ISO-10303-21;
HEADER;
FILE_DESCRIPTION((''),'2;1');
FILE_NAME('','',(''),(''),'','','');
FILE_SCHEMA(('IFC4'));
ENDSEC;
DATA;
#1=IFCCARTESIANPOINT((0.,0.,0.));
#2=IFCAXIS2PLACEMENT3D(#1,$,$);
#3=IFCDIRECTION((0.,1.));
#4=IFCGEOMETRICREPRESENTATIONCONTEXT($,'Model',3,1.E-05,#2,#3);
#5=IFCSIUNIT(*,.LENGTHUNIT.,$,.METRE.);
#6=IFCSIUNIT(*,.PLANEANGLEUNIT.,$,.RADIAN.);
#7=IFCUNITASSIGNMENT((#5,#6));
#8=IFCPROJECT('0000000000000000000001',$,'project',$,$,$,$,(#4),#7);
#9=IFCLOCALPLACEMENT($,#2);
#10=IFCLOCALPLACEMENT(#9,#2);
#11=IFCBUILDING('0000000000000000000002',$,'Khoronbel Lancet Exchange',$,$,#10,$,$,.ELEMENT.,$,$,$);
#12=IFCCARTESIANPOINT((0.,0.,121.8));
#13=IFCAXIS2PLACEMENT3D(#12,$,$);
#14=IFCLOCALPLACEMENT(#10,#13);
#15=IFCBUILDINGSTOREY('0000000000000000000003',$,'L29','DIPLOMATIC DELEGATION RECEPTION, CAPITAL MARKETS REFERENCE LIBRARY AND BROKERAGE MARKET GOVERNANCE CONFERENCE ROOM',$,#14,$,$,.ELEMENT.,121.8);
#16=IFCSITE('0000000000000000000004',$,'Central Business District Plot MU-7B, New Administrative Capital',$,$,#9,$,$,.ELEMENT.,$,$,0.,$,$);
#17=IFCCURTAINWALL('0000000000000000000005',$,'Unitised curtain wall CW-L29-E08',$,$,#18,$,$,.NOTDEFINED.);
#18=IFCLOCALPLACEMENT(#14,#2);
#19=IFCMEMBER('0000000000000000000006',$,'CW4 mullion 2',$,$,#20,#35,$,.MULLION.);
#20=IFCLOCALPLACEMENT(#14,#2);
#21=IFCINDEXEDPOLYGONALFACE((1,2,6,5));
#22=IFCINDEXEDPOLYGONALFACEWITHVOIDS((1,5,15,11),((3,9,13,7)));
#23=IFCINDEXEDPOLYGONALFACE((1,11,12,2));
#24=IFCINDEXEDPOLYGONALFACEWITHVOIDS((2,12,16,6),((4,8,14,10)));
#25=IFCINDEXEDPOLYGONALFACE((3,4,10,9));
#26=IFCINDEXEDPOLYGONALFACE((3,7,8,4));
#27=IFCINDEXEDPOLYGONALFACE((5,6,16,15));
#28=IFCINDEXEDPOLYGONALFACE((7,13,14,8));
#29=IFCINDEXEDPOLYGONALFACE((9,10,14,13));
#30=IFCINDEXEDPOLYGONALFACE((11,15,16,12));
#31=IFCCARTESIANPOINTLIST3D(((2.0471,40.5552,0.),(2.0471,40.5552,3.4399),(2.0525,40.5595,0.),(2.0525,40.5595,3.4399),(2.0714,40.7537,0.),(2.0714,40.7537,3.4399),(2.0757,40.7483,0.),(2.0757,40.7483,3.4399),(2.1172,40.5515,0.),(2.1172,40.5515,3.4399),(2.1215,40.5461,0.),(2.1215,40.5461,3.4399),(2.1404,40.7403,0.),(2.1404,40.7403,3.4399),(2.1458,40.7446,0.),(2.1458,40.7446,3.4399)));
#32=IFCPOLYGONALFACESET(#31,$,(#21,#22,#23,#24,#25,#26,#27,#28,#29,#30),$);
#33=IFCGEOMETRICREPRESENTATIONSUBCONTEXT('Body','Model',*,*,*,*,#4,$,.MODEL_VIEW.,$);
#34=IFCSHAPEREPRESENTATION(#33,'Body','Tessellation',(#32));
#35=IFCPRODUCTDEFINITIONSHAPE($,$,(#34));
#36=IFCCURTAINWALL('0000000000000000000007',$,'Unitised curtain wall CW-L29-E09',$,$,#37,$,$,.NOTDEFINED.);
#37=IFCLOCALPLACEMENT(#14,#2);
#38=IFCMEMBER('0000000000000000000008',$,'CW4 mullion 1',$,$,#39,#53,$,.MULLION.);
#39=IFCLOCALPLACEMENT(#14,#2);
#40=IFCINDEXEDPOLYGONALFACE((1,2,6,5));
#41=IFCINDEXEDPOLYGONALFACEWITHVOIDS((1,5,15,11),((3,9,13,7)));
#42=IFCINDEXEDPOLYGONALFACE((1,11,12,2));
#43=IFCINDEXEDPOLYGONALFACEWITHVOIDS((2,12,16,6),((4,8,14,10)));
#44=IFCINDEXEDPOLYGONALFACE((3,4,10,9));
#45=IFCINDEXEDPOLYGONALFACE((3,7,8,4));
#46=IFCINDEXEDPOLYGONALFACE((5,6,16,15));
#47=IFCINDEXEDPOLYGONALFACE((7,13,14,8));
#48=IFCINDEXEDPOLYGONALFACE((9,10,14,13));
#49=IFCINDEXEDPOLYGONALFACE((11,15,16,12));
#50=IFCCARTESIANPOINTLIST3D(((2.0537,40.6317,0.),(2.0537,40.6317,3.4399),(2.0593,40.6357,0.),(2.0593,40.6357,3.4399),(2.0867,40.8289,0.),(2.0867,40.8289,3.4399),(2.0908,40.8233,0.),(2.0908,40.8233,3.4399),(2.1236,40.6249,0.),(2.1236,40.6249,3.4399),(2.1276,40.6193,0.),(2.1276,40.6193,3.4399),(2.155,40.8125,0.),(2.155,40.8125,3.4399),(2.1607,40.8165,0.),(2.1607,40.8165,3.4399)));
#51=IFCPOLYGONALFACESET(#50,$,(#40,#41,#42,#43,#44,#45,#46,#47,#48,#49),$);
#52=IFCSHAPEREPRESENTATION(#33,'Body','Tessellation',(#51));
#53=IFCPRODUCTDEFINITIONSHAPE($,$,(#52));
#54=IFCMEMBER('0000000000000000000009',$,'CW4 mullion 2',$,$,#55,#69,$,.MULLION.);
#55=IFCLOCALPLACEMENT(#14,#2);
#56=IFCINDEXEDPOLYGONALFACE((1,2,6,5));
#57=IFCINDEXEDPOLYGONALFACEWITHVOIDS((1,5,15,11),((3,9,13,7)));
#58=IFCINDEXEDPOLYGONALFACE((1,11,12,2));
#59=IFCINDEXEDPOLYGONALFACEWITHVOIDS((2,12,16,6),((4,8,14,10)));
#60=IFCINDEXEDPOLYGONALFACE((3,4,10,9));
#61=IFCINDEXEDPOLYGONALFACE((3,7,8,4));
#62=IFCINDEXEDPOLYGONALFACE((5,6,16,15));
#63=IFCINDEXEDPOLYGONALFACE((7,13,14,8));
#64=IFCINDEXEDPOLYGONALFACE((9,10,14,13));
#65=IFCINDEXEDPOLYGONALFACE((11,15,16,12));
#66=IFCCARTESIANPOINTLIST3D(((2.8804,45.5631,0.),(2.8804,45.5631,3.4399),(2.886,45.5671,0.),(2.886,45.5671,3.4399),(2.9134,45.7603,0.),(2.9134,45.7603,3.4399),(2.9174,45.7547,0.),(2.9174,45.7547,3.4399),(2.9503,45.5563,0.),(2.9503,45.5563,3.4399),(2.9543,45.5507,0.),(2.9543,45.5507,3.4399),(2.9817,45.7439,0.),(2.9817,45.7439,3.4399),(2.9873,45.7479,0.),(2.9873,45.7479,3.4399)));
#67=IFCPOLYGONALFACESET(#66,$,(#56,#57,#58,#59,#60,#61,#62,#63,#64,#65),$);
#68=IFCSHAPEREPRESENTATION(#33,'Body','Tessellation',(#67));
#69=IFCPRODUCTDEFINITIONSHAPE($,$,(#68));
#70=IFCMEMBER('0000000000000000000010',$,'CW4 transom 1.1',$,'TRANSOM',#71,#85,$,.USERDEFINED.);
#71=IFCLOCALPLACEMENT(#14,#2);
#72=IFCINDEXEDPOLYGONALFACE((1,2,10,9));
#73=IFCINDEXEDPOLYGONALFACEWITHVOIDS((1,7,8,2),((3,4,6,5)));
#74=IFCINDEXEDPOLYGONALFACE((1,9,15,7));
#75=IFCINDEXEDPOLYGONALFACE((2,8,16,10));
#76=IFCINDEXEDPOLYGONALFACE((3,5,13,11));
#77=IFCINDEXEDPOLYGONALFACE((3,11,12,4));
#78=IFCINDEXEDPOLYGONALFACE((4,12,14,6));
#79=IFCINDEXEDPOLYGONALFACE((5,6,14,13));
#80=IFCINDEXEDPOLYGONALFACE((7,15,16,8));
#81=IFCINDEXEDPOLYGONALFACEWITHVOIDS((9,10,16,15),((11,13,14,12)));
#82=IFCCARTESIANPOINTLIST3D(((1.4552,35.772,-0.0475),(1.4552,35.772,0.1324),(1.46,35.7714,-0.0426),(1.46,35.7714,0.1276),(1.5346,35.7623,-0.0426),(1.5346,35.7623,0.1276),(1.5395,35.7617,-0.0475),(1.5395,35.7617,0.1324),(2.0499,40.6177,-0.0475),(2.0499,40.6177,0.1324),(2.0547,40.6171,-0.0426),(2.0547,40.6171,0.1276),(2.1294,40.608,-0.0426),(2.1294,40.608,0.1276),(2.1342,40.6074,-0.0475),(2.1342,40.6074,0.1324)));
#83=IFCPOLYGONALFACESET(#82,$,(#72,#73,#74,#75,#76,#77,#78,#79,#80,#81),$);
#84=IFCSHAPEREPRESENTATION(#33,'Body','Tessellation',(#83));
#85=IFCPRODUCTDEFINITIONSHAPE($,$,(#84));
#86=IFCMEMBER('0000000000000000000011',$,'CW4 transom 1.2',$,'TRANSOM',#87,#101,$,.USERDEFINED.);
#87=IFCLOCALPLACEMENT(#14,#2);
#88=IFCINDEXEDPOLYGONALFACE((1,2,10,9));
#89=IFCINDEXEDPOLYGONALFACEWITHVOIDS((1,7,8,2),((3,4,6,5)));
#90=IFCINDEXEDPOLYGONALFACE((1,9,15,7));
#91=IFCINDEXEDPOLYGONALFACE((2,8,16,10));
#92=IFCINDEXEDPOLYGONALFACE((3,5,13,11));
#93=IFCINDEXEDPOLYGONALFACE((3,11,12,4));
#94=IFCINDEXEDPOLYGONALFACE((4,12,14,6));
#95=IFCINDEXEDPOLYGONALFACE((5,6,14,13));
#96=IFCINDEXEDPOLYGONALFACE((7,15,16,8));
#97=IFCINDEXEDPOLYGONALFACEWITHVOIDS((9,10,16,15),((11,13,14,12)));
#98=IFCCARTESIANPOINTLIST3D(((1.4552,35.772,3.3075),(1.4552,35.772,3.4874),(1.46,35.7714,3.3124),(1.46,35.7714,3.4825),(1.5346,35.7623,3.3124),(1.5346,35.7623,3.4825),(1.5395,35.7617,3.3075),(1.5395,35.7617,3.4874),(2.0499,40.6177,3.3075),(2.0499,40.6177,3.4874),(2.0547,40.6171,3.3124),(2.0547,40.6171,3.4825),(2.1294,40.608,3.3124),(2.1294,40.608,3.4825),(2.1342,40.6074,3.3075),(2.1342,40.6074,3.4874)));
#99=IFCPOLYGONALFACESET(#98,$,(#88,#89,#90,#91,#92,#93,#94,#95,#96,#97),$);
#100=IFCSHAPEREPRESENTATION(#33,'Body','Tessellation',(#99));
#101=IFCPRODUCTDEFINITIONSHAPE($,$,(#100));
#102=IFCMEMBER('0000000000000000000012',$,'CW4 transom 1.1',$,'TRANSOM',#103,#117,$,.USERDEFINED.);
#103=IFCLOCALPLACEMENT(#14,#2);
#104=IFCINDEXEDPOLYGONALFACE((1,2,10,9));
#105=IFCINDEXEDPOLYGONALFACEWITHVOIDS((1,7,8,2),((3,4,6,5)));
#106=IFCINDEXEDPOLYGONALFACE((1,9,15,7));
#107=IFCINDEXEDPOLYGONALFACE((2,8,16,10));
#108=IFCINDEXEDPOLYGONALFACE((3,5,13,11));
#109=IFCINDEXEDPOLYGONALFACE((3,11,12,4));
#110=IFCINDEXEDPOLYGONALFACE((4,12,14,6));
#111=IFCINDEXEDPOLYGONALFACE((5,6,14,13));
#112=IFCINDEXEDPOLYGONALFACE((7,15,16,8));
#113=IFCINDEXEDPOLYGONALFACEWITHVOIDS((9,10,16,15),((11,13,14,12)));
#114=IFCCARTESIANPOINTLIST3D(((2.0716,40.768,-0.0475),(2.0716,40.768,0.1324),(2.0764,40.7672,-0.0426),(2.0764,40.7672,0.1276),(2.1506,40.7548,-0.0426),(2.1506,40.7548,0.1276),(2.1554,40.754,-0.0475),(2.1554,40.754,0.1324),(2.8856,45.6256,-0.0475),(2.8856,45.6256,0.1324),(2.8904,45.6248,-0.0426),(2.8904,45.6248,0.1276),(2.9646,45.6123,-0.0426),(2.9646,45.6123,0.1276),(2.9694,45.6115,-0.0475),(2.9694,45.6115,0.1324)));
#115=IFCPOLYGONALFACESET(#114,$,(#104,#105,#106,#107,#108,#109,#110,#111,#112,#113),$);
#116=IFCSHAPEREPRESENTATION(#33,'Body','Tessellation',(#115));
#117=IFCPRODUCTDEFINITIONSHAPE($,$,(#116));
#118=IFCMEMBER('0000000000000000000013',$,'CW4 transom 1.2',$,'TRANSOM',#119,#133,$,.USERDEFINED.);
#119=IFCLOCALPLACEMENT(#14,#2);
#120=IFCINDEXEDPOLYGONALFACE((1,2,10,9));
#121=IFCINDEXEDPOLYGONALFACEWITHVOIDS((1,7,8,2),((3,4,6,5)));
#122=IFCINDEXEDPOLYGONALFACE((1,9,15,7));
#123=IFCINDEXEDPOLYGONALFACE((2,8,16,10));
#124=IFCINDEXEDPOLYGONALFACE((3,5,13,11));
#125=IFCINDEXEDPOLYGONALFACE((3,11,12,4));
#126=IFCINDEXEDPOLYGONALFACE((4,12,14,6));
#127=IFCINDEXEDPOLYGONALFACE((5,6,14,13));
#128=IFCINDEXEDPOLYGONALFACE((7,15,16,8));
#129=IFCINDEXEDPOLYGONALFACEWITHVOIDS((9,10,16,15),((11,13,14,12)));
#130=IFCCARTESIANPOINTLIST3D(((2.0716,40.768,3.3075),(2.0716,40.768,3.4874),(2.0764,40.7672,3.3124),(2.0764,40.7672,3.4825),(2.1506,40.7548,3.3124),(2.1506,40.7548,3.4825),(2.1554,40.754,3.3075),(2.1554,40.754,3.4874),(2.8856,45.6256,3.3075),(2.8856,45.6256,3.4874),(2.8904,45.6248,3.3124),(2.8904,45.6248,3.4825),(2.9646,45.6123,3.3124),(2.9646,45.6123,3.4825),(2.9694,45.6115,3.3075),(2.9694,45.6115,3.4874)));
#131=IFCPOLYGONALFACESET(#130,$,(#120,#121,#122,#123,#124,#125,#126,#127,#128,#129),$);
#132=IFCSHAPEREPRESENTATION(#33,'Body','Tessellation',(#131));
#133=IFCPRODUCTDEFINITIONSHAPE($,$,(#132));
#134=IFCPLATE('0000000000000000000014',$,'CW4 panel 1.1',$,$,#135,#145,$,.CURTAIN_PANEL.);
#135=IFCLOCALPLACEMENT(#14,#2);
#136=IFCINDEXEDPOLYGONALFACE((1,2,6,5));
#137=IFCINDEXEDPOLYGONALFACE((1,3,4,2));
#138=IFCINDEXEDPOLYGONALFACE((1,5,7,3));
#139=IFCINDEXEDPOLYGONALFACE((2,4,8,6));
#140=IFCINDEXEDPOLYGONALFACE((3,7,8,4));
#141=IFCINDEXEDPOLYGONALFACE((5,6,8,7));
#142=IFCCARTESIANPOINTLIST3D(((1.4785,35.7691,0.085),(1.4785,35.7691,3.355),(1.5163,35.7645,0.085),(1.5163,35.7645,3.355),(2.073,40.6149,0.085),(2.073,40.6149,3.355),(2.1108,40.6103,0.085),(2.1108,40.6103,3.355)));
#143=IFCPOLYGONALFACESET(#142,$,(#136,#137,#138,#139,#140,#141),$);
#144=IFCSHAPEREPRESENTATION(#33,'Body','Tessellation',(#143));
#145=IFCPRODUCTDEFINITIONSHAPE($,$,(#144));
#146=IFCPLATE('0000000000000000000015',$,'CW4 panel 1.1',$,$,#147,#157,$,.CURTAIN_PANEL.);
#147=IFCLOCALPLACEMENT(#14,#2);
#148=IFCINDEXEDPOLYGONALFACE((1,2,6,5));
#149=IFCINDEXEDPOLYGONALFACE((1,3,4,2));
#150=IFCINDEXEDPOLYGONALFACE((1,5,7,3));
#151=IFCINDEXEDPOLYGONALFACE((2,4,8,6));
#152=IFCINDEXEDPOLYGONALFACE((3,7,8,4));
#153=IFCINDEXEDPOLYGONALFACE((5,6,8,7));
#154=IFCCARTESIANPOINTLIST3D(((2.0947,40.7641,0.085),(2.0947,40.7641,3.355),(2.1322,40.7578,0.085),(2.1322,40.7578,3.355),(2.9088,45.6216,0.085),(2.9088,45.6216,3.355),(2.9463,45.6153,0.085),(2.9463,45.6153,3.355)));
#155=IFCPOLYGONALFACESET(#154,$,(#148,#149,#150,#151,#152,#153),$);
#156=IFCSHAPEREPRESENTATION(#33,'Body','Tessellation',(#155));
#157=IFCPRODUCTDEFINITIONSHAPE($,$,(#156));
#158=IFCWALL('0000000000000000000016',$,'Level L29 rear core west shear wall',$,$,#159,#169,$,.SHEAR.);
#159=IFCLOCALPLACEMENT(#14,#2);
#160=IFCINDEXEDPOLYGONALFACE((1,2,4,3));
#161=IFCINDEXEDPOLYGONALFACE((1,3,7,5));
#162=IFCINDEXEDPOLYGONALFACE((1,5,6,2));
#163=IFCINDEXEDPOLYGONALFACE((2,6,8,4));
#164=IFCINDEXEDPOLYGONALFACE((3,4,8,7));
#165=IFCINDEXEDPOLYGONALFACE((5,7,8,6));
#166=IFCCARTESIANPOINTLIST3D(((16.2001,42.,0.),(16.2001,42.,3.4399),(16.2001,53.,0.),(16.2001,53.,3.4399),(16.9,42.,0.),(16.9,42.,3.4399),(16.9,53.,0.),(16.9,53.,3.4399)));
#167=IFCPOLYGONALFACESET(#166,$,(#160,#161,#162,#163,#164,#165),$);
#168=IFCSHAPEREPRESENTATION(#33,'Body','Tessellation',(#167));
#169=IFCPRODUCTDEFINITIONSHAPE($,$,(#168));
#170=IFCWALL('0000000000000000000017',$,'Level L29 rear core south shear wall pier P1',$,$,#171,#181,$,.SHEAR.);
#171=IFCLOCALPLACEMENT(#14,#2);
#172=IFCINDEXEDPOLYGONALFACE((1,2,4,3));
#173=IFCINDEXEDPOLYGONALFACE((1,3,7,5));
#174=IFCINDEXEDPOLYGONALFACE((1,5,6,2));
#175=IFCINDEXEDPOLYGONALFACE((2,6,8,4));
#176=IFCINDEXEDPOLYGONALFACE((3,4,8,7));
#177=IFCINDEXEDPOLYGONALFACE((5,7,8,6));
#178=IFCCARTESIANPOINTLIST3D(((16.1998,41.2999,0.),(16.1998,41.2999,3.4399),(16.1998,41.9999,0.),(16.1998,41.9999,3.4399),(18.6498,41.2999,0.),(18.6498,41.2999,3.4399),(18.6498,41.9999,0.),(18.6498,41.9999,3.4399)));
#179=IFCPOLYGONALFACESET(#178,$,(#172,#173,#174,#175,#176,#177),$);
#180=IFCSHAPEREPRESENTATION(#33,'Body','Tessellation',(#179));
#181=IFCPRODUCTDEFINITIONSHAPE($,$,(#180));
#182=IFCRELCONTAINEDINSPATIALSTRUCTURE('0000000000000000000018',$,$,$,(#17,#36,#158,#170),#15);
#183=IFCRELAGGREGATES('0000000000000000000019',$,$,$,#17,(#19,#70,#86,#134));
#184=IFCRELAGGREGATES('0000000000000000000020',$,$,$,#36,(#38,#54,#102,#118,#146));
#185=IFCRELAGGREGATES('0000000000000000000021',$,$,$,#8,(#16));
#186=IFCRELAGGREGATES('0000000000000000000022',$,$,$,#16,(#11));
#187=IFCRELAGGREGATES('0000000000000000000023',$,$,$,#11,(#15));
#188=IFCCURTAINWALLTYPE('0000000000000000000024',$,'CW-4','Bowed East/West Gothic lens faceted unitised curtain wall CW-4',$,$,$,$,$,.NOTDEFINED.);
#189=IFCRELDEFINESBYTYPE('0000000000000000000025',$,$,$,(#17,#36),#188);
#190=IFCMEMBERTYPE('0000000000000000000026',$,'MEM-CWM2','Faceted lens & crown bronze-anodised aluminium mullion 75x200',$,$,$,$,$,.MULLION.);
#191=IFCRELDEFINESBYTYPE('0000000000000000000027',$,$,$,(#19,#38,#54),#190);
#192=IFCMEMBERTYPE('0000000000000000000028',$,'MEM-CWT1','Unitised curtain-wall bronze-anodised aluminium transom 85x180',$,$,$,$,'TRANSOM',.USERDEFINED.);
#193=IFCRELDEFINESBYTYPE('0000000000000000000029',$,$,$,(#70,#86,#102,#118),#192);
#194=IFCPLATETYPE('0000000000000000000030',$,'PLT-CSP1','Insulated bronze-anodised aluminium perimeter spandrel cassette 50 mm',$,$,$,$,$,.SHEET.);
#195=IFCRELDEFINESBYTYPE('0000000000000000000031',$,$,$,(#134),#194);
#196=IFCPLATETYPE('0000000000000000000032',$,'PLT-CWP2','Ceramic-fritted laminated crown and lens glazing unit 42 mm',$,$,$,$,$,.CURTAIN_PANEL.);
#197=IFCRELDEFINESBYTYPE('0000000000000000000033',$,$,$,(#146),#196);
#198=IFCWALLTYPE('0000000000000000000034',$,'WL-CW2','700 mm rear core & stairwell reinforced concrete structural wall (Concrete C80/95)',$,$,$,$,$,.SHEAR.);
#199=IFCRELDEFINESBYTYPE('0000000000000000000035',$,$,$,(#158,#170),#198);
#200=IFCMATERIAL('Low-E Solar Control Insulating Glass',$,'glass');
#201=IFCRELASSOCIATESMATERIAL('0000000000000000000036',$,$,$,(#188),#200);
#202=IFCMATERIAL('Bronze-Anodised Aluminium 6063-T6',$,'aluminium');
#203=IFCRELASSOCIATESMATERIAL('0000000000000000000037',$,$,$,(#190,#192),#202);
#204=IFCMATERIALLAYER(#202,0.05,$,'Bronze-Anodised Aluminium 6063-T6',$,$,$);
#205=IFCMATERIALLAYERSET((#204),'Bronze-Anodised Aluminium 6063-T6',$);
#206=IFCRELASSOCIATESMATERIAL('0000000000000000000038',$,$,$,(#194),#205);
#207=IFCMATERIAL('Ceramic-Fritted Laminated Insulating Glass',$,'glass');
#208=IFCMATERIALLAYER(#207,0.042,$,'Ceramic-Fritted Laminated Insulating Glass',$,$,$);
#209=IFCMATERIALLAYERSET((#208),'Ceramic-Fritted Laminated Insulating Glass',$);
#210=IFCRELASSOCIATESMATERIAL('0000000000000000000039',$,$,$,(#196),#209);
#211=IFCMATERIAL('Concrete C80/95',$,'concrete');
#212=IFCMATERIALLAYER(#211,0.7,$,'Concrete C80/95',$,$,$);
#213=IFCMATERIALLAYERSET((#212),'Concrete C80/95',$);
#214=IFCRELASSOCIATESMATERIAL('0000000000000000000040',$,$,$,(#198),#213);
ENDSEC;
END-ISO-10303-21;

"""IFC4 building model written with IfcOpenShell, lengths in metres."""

from ifc_helpers import new_model, si_unit, direction, frame, frame_2d, origin, origin_2d, place, context, subcontext, project, spatial, rectangle, hollow_rectangle, extrude, material, layer, layer_set, material_profile, profile_set, type_object, element, aggregate, save


model = new_model("IFC4")

# Units and contexts
model_context = context("Model", 3, precision=1e-05, world=origin(), true_north=direction((0.0, 1.0)))
body_context = subcontext(model_context, "Body", "Model", "MODEL_VIEW")
ifc_project = project(units=[si_unit("LENGTHUNIT", "METRE"), si_unit("PLANEANGLEUNIT", "RADIAN")], contexts=[model_context])

# Site, building, storey
site_placement = place(None, origin())
site = spatial("IfcSite", under=ifc_project, at=site_placement, Name="Central Business District Plot MU-7B, New Administrative Capital", CompositionType="ELEMENT", RefElevation=0.0)
building_placement = place(site_placement, origin())
building = spatial("IfcBuilding", under=site, at=building_placement, Name="Khoronbel Lancet Exchange", CompositionType="ELEMENT")
storey_placement = place(building_placement, frame((0.0, 0.0, 121.8)))
storey = spatial("IfcBuildingStorey", under=building, at=storey_placement, Name="L29", Description="DIPLOMATIC DELEGATION RECEPTION, CAPITAL MARKETS REFERENCE LIBRARY AND BROKERAGE MARKET GOVERNANCE CONFERENCE ROOM", CompositionType="ELEMENT", Elevation=121.8)

# Shared definitions
ifc_material_1 = material(Name="Concrete C80/95", Category="concrete")

# Curtain walls, members
ifc_material_2 = material(Name="Low-E Solar Control Insulating Glass", Category="glass")
curtain_wall_type = type_object("IfcCurtainWallType", Name="CW-4", Description="Bowed East/West Gothic lens faceted unitised curtain wall CW-4", PredefinedType="NOTDEFINED", material=ifc_material_2)
curtain_wall_1_placement = place(storey_placement, origin())
curtain_wall_1 = element("IfcCurtainWall", 1, at=curtain_wall_1_placement, inside=storey, type_object=curtain_wall_type, Name="Unitised curtain wall CW-L29-E08", PredefinedType="NOTDEFINED")
ifc_material_3 = material(Name="Bronze-Anodised Aluminium 6063-T6", Category="aluminium")
ifc_material_profile_1 = material_profile(ifc_material_3, hollow_rectangle(XDim=0.075, YDim=0.2, WallThickness=0.0049, at=origin_2d()), Name="ALU MULLION 75x200")
ifc_profile_set_1 = profile_set([ifc_material_profile_1], Name="Bronze-Anodised Aluminium 6063-T6")
member_type_1 = type_object("IfcMemberType", Name="MEM-CWM2", Description="Faceted lens & crown bronze-anodised aluminium mullion 75x200", PredefinedType="MULLION", material=ifc_profile_set_1)
member_1_placement = place(storey_placement, frame((2.0964, 40.6499, 0.0), z_axis=(0.0, 0.0, 1.0), x_axis=(-0.992557, 0.121779, 0.0)))
member_1 = element("IfcMember", 2, at=member_1_placement, type_object=member_type_1, Name="CW4 mullion 2", PredefinedType="MULLION", context=body_context, shape_type="SweptSolid", body=[
    extrude(hollow_rectangle(XDim=0.075, YDim=0.2, WallThickness=0.0049, at=origin_2d()), origin(), (0.0, 0.0, 1.0), 3.4399),
])
curtain_wall_2_placement = place(storey_placement, origin())
curtain_wall_2 = element("IfcCurtainWall", 3, at=curtain_wall_2_placement, inside=storey, type_object=curtain_wall_type, Name="Unitised curtain wall CW-L29-E09", PredefinedType="NOTDEFINED")
member_2_placement = place(storey_placement, frame((2.1072, 40.7241, 0.0), z_axis=(0.0, 0.0, 1.0), x_axis=(-0.986244, 0.165294, 0.0)))
member_2 = element("IfcMember", 4, at=member_2_placement, type_object=member_type_1, Name="CW4 mullion 1", PredefinedType="MULLION", context=body_context, shape_type="SweptSolid", body=[
    extrude(hollow_rectangle(XDim=0.075, YDim=0.2, WallThickness=0.0049, at=origin_2d()), origin(), (0.0, 0.0, 1.0), 3.4399),
])
member_3_placement = place(storey_placement, frame((2.9338, 45.6555, 0.0), z_axis=(0.0, 0.0, 1.0), x_axis=(-0.986244, 0.165294, 0.0)))
member_3 = element("IfcMember", 5, at=member_3_placement, type_object=member_type_1, Name="CW4 mullion 2", PredefinedType="MULLION", context=body_context, shape_type="SweptSolid", body=[
    extrude(hollow_rectangle(XDim=0.075, YDim=0.2, WallThickness=0.0049, at=origin_2d()), origin(), (0.0, 0.0, 1.0), 3.4399),
])

# Members
ifc_material_profile_2 = material_profile(ifc_material_3, hollow_rectangle(XDim=0.085, YDim=0.1799, WallThickness=0.0049, at=origin_2d()), Name="ALU TRANSOM 85x180")
ifc_profile_set_2 = profile_set([ifc_material_profile_2], Name="Bronze-Anodised Aluminium 6063-T6")
member_type_2 = type_object("IfcMemberType", Name="MEM-CWT1", Description="Unitised curtain-wall bronze-anodised aluminium transom 85x180", ElementType="TRANSOM", PredefinedType="USERDEFINED", material=ifc_profile_set_2)
member_4_placement = place(storey_placement, frame((1.4973, 35.7668, 0.0425), z_axis=(0.121819, 0.992552, 0.0), x_axis=(-0.992552, 0.121819, 0.0)))
member_4 = element("IfcMember", 6, at=member_4_placement, type_object=member_type_2, Name="CW4 transom 1.1", ObjectType="TRANSOM", PredefinedType="USERDEFINED", context=body_context, shape_type="SweptSolid", body=[
    extrude(hollow_rectangle(XDim=0.085, YDim=0.1799, WallThickness=0.0049, at=origin_2d()), origin(), (0.0, 0.0, 1.0), 4.8821),
])
member_5_placement = place(storey_placement, frame((1.4973, 35.7668, 3.3975), z_axis=(0.121819, 0.992552, 0.0), x_axis=(-0.992552, 0.121819, 0.0)))
member_5 = element("IfcMember", 7, at=member_5_placement, type_object=member_type_2, Name="CW4 transom 1.2", ObjectType="TRANSOM", PredefinedType="USERDEFINED", context=body_context, shape_type="SweptSolid", body=[
    extrude(hollow_rectangle(XDim=0.085, YDim=0.1799, WallThickness=0.0049, at=origin_2d()), origin(), (0.0, 0.0, 1.0), 4.8821),
])
member_6_placement = place(storey_placement, frame((2.1135, 40.761, 0.0425), z_axis=(0.165259, 0.98625, 0.0), x_axis=(-0.98625, 0.165259, 0.0)))
member_6 = element("IfcMember", 8, at=member_6_placement, type_object=member_type_2, Name="CW4 transom 1.1", ObjectType="TRANSOM", PredefinedType="USERDEFINED", context=body_context, shape_type="SweptSolid", body=[
    extrude(hollow_rectangle(XDim=0.085, YDim=0.1799, WallThickness=0.0049, at=origin_2d()), origin(), (0.0, 0.0, 1.0), 4.9253),
])
member_7_placement = place(storey_placement, frame((2.1135, 40.761, 3.3975), z_axis=(0.165259, 0.98625, 0.0), x_axis=(-0.98625, 0.165259, 0.0)))
member_7 = element("IfcMember", 9, at=member_7_placement, type_object=member_type_2, Name="CW4 transom 1.2", ObjectType="TRANSOM", PredefinedType="USERDEFINED", context=body_context, shape_type="SweptSolid", body=[
    extrude(hollow_rectangle(XDim=0.085, YDim=0.1799, WallThickness=0.0049, at=origin_2d()), origin(), (0.0, 0.0, 1.0), 4.9253),
])

# Plates
ifc_layer_1 = layer(ifc_material_3, 0.05, Name="Bronze-Anodised Aluminium 6063-T6")
ifc_layer_set_1 = layer_set([ifc_layer_1], Name="Bronze-Anodised Aluminium 6063-T6")
plate_type_1 = type_object("IfcPlateType", Name="PLT-CSP1", Description="Insulated bronze-anodised aluminium perimeter spandrel cassette 50 mm", PredefinedType="SHEET", material=ifc_layer_set_1)
plate_1_placement = place(storey_placement, frame((1.7947, 38.1897, 0.085), z_axis=(0.0, 0.0, 1.0), x_axis=(0.121779, 0.992557, 0.0)))
plate_1 = element("IfcPlate", 10, at=plate_1_placement, type_object=plate_type_1, Name="CW4 panel 1.1", PredefinedType="CURTAIN_PANEL", context=body_context, shape_type="SweptSolid", body=[
    extrude(rectangle(XDim=4.8821, YDim=0.0381, at=origin_2d()), origin(), (0.0, 0.0, 1.0), 3.27),
])
aggregate(curtain_wall_1, [member_1, member_4, member_5, plate_1])
ifc_material_4 = material(Name="Ceramic-Fritted Laminated Insulating Glass", Category="glass")
ifc_layer_2 = layer(ifc_material_4, 0.042, Name="Ceramic-Fritted Laminated Insulating Glass")
ifc_layer_set_2 = layer_set([ifc_layer_2], Name="Ceramic-Fritted Laminated Insulating Glass")
plate_type_2 = type_object("IfcPlateType", Name="PLT-CWP2", Description="Ceramic-fritted laminated crown and lens glazing unit 42 mm", PredefinedType="CURTAIN_PANEL", material=ifc_layer_set_2)
plate_2_placement = place(storey_placement, frame((2.5205, 43.1897, 0.085), z_axis=(0.0, 0.0, 1.0), x_axis=(0.165294, 0.986244, 0.0)))
plate_2 = element("IfcPlate", 11, at=plate_2_placement, type_object=plate_type_2, Name="CW4 panel 1.1", PredefinedType="CURTAIN_PANEL", context=body_context, shape_type="SweptSolid", body=[
    extrude(rectangle(XDim=4.9253, YDim=0.0381, at=origin_2d()), origin(), (0.0, 0.0, 1.0), 3.27),
])
aggregate(curtain_wall_2, [member_2, member_3, member_6, member_7, plate_2])

# Walls
ifc_layer_3 = layer(ifc_material_1, 0.7, Name="Concrete C80/95")
ifc_layer_set_3 = layer_set([ifc_layer_3], Name="Concrete C80/95")
wall_type_1 = type_object("IfcWallType", Name="WL-CW2", Description="700 mm rear core & stairwell reinforced concrete structural wall (Concrete C80/95)", PredefinedType="SHEAR", material=ifc_layer_set_3)
wall_1_placement = place(storey_placement, frame((16.55, 42.0, 0.0), z_axis=(0.0, 0.0, 1.0), x_axis=(0.0, 1.0, 0.0)))
element("IfcWall", 12, at=wall_1_placement, inside=storey, type_object=wall_type_1, Name="Level L29 rear core west shear wall", PredefinedType="SHEAR", context=body_context, shape_type="SweptSolid", body=[
    extrude(rectangle(XDim=11.0, YDim=0.7, at=frame_2d((5.5, 0.0))), origin(), (0.0, 0.0, 1.0), 3.4399),
])
wall_2_placement = place(storey_placement, frame((18.6499, 41.6499, 0.0), z_axis=(0.0, 0.0, 1.0), x_axis=(-1.0, 0.0, 0.0)))
element("IfcWall", 13, at=wall_2_placement, inside=storey, type_object=wall_type_1, Name="Level L29 rear core south shear wall pier P1", PredefinedType="SHEAR", context=body_context, shape_type="SweptSolid", body=[
    extrude(rectangle(XDim=2.45, YDim=0.7, at=frame_2d((1.2251, 0.0))), origin(), (0.0, 0.0, 1.0), 3.4399),
])

save(model, "model.ifc")
